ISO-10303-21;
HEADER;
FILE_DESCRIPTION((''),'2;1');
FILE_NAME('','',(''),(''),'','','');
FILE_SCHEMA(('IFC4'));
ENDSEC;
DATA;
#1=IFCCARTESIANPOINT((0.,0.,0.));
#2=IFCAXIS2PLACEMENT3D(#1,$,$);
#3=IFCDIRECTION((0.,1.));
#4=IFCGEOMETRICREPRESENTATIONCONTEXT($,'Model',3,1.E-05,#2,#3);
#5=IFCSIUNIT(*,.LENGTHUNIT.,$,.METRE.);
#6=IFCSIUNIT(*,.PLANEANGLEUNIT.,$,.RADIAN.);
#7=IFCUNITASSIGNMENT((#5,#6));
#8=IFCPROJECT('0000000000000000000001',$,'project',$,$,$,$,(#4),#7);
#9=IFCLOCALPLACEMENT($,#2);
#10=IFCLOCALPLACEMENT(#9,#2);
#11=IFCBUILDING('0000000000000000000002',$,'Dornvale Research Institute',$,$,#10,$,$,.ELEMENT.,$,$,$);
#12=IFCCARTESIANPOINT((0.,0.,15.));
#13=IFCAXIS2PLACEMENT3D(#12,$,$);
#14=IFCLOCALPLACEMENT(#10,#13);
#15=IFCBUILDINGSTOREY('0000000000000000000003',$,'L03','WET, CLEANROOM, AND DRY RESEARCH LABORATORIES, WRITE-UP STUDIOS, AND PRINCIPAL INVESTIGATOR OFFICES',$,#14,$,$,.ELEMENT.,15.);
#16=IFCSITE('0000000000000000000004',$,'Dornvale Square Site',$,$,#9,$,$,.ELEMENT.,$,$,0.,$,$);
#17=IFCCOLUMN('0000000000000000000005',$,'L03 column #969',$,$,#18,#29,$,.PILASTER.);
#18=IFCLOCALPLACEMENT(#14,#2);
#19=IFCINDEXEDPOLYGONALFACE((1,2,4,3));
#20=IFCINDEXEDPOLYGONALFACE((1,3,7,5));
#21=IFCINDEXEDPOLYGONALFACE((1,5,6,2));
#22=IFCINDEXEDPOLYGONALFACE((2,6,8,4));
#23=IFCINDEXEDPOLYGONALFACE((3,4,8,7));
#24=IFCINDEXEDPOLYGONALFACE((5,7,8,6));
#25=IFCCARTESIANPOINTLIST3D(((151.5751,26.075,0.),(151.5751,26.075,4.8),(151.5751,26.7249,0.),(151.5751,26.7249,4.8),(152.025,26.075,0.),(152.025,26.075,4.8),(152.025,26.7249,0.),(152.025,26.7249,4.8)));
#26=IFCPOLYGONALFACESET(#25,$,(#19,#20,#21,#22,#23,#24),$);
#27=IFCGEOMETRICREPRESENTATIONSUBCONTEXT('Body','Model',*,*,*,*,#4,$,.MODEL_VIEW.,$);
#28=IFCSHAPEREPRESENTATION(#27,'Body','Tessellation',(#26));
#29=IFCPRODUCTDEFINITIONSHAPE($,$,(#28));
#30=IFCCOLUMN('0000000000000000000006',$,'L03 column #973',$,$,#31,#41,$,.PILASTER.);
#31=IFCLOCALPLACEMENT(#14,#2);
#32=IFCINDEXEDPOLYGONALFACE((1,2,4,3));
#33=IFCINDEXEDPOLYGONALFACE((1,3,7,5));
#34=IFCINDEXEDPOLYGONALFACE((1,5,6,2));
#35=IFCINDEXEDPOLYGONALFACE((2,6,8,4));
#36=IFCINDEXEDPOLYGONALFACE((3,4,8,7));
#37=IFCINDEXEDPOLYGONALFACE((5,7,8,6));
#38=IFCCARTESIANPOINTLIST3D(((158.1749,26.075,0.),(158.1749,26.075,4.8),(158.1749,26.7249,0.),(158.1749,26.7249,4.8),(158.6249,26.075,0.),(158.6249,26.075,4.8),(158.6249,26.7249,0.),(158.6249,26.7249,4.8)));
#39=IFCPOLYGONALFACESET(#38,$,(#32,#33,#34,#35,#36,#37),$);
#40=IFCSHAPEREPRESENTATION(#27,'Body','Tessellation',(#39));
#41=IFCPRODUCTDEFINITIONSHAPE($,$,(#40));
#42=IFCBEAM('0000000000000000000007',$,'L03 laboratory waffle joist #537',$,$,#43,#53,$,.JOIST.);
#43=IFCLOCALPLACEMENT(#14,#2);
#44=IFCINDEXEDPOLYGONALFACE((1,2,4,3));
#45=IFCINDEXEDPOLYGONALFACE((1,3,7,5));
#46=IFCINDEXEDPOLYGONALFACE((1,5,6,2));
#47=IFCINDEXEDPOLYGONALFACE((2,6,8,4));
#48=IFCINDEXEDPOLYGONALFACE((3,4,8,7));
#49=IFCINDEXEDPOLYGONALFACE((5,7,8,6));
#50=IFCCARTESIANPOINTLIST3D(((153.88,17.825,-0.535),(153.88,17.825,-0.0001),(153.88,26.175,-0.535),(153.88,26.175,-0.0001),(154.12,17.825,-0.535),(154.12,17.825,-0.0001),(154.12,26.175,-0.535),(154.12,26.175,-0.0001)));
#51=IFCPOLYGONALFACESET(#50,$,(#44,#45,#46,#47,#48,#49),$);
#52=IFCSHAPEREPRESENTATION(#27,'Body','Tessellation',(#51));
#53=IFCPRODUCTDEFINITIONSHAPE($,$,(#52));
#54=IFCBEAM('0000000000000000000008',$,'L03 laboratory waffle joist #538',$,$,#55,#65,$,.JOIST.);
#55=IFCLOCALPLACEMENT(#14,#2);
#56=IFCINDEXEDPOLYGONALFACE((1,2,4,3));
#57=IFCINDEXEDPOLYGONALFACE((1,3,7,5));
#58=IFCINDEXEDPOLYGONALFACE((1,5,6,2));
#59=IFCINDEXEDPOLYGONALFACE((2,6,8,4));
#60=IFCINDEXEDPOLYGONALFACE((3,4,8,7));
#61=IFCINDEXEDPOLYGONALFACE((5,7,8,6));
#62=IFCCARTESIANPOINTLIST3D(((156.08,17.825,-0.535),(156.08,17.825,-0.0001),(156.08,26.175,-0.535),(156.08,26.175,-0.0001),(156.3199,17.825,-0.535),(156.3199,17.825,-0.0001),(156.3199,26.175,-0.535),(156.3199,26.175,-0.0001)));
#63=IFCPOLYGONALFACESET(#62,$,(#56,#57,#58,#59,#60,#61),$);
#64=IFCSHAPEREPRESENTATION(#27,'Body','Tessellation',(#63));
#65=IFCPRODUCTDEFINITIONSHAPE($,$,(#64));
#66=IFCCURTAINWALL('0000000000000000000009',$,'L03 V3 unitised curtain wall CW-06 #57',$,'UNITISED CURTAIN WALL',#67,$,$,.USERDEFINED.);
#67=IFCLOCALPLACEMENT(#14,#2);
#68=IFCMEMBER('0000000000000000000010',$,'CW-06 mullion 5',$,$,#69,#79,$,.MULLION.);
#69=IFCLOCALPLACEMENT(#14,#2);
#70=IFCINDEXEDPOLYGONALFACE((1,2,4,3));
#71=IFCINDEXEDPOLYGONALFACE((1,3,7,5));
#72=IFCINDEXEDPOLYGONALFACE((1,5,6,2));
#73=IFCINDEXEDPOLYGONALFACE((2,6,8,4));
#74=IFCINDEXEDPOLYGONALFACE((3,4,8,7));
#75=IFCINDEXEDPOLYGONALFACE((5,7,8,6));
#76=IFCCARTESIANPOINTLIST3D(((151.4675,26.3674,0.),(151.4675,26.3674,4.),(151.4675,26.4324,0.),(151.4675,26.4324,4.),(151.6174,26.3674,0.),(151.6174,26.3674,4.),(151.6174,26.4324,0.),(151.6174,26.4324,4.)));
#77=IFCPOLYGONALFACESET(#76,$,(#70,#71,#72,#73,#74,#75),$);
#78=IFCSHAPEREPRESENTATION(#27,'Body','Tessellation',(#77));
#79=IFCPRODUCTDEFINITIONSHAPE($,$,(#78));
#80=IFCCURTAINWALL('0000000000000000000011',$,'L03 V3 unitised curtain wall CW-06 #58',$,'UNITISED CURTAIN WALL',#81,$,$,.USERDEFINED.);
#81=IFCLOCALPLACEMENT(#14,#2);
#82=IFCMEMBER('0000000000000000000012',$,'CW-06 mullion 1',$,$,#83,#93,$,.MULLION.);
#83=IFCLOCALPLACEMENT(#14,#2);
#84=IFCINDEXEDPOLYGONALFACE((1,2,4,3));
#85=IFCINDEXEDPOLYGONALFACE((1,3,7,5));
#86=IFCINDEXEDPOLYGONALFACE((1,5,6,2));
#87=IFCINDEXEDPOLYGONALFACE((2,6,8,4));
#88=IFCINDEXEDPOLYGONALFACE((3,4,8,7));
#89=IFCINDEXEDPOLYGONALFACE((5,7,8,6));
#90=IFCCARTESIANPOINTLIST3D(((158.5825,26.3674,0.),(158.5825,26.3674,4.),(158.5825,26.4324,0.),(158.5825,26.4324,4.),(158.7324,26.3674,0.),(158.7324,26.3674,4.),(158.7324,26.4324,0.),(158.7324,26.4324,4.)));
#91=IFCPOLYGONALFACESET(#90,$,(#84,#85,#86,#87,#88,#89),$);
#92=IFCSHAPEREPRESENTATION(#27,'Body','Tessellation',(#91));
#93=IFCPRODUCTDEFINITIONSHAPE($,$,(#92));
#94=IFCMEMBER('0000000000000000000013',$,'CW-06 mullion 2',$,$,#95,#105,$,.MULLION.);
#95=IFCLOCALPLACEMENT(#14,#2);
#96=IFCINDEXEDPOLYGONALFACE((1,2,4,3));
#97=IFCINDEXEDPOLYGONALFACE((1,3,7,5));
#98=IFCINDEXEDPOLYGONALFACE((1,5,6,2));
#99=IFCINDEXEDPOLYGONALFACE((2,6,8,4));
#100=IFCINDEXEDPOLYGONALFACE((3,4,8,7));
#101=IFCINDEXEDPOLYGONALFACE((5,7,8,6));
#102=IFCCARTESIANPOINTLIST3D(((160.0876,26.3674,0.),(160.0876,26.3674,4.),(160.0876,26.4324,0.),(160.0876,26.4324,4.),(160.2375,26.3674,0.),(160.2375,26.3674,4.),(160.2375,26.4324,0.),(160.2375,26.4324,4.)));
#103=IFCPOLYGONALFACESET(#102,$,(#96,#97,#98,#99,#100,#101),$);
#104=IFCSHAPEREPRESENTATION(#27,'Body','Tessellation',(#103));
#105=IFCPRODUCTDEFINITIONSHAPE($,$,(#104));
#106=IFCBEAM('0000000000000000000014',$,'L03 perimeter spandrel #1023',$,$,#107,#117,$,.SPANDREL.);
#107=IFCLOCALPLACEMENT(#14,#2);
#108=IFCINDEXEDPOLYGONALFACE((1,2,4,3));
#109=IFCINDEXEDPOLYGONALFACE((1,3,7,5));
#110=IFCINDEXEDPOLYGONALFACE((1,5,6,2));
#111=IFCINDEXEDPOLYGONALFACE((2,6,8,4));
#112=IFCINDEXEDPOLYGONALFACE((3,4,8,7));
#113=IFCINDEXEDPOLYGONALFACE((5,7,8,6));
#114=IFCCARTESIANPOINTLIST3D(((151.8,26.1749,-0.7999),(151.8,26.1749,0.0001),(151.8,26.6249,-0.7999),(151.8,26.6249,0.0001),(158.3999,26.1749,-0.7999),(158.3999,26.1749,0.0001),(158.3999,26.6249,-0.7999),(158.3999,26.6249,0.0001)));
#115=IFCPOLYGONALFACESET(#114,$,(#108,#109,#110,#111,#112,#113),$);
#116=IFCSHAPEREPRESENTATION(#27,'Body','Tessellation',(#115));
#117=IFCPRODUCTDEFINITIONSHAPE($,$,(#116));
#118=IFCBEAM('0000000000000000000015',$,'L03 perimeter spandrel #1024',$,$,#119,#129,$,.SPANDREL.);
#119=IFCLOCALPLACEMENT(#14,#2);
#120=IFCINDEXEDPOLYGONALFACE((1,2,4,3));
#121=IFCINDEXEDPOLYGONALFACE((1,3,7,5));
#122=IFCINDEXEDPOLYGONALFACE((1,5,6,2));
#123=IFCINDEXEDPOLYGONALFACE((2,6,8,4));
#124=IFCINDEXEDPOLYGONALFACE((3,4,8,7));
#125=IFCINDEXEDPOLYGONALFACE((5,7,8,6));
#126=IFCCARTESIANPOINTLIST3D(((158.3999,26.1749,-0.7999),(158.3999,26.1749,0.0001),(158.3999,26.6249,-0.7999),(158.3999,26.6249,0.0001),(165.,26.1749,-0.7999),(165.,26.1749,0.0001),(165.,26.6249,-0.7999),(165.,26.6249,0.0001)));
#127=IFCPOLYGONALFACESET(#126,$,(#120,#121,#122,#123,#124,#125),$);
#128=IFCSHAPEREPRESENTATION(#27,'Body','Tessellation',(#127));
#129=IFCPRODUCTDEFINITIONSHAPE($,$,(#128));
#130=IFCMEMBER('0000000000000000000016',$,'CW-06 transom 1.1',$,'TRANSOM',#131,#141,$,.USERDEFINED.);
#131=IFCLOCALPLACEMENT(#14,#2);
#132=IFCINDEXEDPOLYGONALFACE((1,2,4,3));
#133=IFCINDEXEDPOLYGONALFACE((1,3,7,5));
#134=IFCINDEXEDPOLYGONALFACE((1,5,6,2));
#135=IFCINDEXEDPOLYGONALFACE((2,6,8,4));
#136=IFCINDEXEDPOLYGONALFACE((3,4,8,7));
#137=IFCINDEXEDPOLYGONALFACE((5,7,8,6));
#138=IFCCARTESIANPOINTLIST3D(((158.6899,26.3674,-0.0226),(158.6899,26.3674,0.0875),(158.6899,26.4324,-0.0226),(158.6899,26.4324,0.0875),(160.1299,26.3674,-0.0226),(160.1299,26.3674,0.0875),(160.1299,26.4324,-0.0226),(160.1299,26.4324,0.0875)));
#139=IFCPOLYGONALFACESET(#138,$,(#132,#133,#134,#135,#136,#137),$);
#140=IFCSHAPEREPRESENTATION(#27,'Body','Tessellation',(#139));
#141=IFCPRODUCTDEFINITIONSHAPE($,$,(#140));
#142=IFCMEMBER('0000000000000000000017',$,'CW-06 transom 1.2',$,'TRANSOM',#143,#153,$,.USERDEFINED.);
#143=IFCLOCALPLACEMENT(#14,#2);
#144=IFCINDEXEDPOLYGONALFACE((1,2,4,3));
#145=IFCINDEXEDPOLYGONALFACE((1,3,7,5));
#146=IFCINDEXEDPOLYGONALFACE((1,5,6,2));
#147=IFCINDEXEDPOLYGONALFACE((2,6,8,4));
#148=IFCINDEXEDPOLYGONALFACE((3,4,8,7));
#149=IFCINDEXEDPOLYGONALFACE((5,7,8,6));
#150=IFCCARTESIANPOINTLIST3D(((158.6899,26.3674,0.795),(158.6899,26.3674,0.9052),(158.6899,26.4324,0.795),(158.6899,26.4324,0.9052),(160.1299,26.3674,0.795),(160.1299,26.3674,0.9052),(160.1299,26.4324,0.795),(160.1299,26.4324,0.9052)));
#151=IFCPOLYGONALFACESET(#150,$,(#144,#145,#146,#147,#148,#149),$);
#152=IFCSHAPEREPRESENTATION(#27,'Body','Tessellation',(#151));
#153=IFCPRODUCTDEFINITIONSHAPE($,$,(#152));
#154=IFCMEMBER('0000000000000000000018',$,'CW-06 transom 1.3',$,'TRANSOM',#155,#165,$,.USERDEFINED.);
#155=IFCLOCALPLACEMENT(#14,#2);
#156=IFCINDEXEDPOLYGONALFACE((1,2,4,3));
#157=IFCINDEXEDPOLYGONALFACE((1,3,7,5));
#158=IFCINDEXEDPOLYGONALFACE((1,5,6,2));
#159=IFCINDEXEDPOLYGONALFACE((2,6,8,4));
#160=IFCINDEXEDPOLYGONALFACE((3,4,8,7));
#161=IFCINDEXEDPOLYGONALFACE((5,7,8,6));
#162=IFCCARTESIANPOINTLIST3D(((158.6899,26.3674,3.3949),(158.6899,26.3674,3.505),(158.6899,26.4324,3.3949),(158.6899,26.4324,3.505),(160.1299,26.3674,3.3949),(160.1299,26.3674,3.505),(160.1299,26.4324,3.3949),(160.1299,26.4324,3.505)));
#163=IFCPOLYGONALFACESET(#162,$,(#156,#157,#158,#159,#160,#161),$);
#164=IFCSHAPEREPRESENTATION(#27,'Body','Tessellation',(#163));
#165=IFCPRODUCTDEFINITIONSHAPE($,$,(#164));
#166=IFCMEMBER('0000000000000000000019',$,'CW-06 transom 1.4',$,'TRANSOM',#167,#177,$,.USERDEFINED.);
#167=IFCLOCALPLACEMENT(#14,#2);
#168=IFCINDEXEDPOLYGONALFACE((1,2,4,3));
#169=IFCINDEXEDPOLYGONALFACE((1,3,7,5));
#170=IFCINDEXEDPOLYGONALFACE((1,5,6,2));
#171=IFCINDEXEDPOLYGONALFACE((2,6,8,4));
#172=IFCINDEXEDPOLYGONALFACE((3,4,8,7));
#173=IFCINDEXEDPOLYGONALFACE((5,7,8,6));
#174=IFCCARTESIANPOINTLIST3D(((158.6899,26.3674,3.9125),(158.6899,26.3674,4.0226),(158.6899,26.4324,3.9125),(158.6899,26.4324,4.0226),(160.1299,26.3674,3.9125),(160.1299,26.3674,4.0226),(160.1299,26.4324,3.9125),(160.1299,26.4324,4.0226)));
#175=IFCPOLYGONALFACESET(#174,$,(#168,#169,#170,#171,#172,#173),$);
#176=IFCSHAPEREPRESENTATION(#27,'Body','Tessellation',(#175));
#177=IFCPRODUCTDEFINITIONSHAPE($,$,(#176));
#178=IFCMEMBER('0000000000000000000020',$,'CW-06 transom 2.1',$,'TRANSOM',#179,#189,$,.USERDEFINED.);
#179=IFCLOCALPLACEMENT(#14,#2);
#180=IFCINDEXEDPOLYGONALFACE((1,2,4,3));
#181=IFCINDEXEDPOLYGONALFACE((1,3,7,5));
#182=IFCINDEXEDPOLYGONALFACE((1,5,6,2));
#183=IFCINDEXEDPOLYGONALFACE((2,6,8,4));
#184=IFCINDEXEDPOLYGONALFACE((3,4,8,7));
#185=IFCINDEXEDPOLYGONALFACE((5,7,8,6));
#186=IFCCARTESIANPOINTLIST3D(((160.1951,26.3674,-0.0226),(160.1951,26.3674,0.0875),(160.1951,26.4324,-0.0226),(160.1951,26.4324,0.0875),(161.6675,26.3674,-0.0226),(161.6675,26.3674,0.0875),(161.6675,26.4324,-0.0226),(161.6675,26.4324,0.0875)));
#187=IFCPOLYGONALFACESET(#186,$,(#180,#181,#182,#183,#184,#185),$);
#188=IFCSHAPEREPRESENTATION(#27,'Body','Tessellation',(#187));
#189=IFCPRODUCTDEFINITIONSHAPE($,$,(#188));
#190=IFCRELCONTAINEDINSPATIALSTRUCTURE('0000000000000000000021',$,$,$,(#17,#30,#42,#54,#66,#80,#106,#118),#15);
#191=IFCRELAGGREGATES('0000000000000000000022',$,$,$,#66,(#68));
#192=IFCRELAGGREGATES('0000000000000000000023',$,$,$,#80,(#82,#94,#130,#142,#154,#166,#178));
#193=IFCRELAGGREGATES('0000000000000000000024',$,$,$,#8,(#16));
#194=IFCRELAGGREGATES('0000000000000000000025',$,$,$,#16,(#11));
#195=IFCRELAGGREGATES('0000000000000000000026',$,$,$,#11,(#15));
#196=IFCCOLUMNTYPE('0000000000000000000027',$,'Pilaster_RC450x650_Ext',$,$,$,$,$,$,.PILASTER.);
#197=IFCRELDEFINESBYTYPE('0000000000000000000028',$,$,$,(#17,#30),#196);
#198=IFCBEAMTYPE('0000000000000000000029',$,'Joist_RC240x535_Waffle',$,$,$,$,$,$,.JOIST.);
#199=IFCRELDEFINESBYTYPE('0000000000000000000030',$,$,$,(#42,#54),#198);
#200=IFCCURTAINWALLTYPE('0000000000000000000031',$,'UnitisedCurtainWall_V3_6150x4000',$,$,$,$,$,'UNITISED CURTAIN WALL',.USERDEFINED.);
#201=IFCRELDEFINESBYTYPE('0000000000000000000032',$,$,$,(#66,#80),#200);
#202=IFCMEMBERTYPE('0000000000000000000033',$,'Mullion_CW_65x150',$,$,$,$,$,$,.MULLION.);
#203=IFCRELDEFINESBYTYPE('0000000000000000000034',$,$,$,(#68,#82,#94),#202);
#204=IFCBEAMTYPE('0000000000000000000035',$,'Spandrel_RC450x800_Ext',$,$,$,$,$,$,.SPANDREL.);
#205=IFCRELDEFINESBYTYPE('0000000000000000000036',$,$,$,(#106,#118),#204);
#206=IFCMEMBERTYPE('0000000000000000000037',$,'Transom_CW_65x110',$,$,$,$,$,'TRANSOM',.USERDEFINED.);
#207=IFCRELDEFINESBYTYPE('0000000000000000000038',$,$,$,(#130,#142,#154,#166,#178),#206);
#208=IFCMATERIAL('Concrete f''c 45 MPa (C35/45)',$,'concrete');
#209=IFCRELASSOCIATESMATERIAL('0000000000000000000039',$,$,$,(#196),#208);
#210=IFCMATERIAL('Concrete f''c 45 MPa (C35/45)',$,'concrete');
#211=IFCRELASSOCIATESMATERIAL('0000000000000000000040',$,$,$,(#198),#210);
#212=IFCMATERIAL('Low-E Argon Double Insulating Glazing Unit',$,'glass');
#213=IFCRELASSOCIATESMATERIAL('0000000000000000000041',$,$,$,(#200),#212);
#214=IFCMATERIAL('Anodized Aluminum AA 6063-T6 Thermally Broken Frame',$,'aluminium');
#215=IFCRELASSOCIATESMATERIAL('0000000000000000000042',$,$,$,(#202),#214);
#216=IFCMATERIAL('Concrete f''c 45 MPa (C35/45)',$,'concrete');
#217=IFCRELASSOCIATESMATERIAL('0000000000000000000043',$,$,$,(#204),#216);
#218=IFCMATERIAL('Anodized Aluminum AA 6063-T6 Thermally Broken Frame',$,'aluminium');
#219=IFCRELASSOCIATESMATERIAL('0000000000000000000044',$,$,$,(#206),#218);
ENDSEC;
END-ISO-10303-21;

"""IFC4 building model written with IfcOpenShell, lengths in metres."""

from ifc_helpers import new_model, si_unit, direction, frame, origin, origin_2d, place, context, subcontext, project, spatial, rectangle, extrude, material, material_profile, profile_set, type_object, element, aggregate, save


model = new_model("IFC4")

# Units and contexts
model_context = context("Model", 3, precision=1e-05, world=origin(), true_north=direction((0.0, 1.0)))
body_context = subcontext(model_context, "Body", "Model", "MODEL_VIEW")
ifc_project = project(units=[si_unit("LENGTHUNIT", "METRE"), si_unit("PLANEANGLEUNIT", "RADIAN")], contexts=[model_context])

# Site, building, storey
site_placement = place(None, origin())
site = spatial("IfcSite", under=ifc_project, at=site_placement, Name="Dornvale Square Site", CompositionType="ELEMENT", RefElevation=0.0)
building_placement = place(site_placement, origin())
building = spatial("IfcBuilding", under=site, at=building_placement, Name="Dornvale Research Institute", CompositionType="ELEMENT")
storey_placement = place(building_placement, frame((0.0, 0.0, 15.0)))
storey = spatial("IfcBuildingStorey", under=building, at=storey_placement, Name="L03", Description="WET, CLEANROOM, AND DRY RESEARCH LABORATORIES, WRITE-UP STUDIOS, AND PRINCIPAL INVESTIGATOR OFFICES", CompositionType="ELEMENT", Elevation=15.0)

# Columns
ifc_material_1 = material(Name="Concrete f'c 45 MPa (C35/45)", Category="concrete")
ifc_material_profile_1 = material_profile(ifc_material_1, rectangle(XDim=0.45, YDim=0.6499, at=origin_2d()), Name="RC 450x650")
ifc_profile_set_1 = profile_set([ifc_material_profile_1], Name="Concrete f'c 45 MPa (C35/45)")
column_type = type_object("IfcColumnType", Name="Pilaster_RC450x650_Ext", PredefinedType="PILASTER", material=ifc_profile_set_1)
for number, where, z_axis, x_axis, name in (
    (1, (151.8, 26.3999, 0.0), (0.0, 0.0, 1.0), (1.0, 0.0, 0.0), "L03 column #969"),
    (2, (158.3999, 26.3999, 0.0), (0.0, 0.0, 1.0), (1.0, 0.0, 0.0), "L03 column #973"),
):
    element("IfcColumn", number, at=place(storey_placement, frame(where, z_axis=z_axis, x_axis=x_axis)), inside=storey, type_object=column_type, Name=name, PredefinedType="PILASTER", context=body_context, shape_type="SweptSolid", body=[
        extrude(rectangle(XDim=0.45, YDim=0.6499, at=origin_2d()), origin(), (0.0, 0.0, 1.0), 4.8),
    ])

# Beams
ifc_material_2 = material(Name="Concrete f'c 45 MPa (C35/45)", Category="concrete")
ifc_material_profile_2 = material_profile(ifc_material_2, rectangle(XDim=0.24, YDim=0.5349, at=origin_2d()), Name="RC 240x535")
ifc_profile_set_2 = profile_set([ifc_material_profile_2], Name="Concrete f'c 45 MPa (C35/45)")
beam_type_1 = type_object("IfcBeamType", Name="Joist_RC240x535_Waffle", PredefinedType="JOIST", material=ifc_profile_set_2)
for number, where, z_axis, x_axis, name in (
    (3, (154.0, 17.825, -0.2676), (0.0, 1.0, 0.0), (-1.0, 0.0, 0.0), "L03 laboratory waffle joist #537"),
    (4, (156.2, 17.825, -0.2676), (0.0, 1.0, 0.0), (-1.0, 0.0, 0.0), "L03 laboratory waffle joist #538"),
):
    element("IfcBeam", number, at=place(storey_placement, frame(where, z_axis=z_axis, x_axis=x_axis)), inside=storey, type_object=beam_type_1, Name=name, PredefinedType="JOIST", context=body_context, shape_type="SweptSolid", body=[
        extrude(rectangle(XDim=0.24, YDim=0.5349, at=origin_2d()), origin(), (0.0, 0.0, 1.0), 8.3501),
    ])

# Curtain wall, member
ifc_material_3 = material(Name="Low-E Argon Double Insulating Glazing Unit", Category="glass")
curtain_wall_type = type_object("IfcCurtainWallType", Name="UnitisedCurtainWall_V3_6150x4000", ElementType="UNITISED CURTAIN WALL", PredefinedType="USERDEFINED", material=ifc_material_3)
curtain_wall_1_placement = place(storey_placement, origin())
curtain_wall_1 = element("IfcCurtainWall", 5, at=curtain_wall_1_placement, inside=storey, type_object=curtain_wall_type, Name="L03 V3 unitised curtain wall CW-06 #57", ObjectType="UNITISED CURTAIN WALL", PredefinedType="USERDEFINED")
ifc_material_4 = material(Name="Anodized Aluminum AA 6063-T6 Thermally Broken Frame", Category="aluminium")
ifc_material_profile_3 = material_profile(ifc_material_4, rectangle(XDim=0.0649, YDim=0.1499, at=origin_2d()), Name="ALU MULLION 65x150")
ifc_profile_set_3 = profile_set([ifc_material_profile_3], Name="Anodized Aluminum AA 6063-T6 Thermally Broken Frame")
member_type_1 = type_object("IfcMemberType", Name="Mullion_CW_65x150", PredefinedType="MULLION", material=ifc_profile_set_3)
member_1_placement = place(storey_placement, frame((151.5425, 26.3999, 0.0), z_axis=(0.0, 0.0, 1.0), x_axis=(0.0, 1.0, 0.0)))
member_1 = element("IfcMember", 6, at=member_1_placement, type_object=member_type_1, Name="CW-06 mullion 5", PredefinedType="MULLION", context=body_context, shape_type="SweptSolid", body=[
    extrude(rectangle(XDim=0.0649, YDim=0.1499, at=origin_2d()), origin(), (0.0, 0.0, 1.0), 4.0),
])

# Curtain wall, members
curtain_wall_2_placement = place(storey_placement, origin())
curtain_wall_2 = element("IfcCurtainWall", 7, at=curtain_wall_2_placement, inside=storey, type_object=curtain_wall_type, Name="L03 V3 unitised curtain wall CW-06 #58", ObjectType="UNITISED CURTAIN WALL", PredefinedType="USERDEFINED")
member_2_placement = place(storey_placement, frame((158.6575, 26.3999, 0.0), z_axis=(0.0, 0.0, 1.0), x_axis=(0.0, 1.0, 0.0)))
member_2 = element("IfcMember", 8, at=member_2_placement, type_object=member_type_1, Name="CW-06 mullion 1", PredefinedType="MULLION", context=body_context, shape_type="SweptSolid", body=[
    extrude(rectangle(XDim=0.0649, YDim=0.1499, at=origin_2d()), origin(), (0.0, 0.0, 1.0), 4.0),
])
member_3_placement = place(storey_placement, frame((160.1626, 26.3999, 0.0), z_axis=(0.0, 0.0, 1.0), x_axis=(0.0, 1.0, 0.0)))
member_3 = element("IfcMember", 9, at=member_3_placement, type_object=member_type_1, Name="CW-06 mullion 2", PredefinedType="MULLION", context=body_context, shape_type="SweptSolid", body=[
    extrude(rectangle(XDim=0.0649, YDim=0.1499, at=origin_2d()), origin(), (0.0, 0.0, 1.0), 4.0),
])

# Beams
ifc_material_5 = material(Name="Concrete f'c 45 MPa (C35/45)", Category="concrete")
ifc_material_profile_4 = material_profile(ifc_material_5, rectangle(XDim=0.45, YDim=0.8, at=origin_2d()), Name="RC 450x800")
ifc_profile_set_4 = profile_set([ifc_material_profile_4], Name="Concrete f'c 45 MPa (C35/45)")
beam_type_2 = type_object("IfcBeamType", Name="Spandrel_RC450x800_Ext", PredefinedType="SPANDREL", material=ifc_profile_set_4)
beam_1_placement = place(storey_placement, frame((151.8, 26.3999, -0.3999), z_axis=(1.0, 0.0, 0.0), x_axis=(0.0, 1.0, 0.0)))
element("IfcBeam", 10, at=beam_1_placement, inside=storey, type_object=beam_type_2, Name="L03 perimeter spandrel #1023", PredefinedType="SPANDREL", context=body_context, shape_type="SweptSolid", body=[
    extrude(rectangle(XDim=0.45, YDim=0.8, at=origin_2d()), origin(), (0.0, 0.0, 1.0), 6.5999),
])
beam_2_placement = place(storey_placement, frame((158.3999, 26.3999, -0.3999), z_axis=(1.0, 0.0, 0.0), x_axis=(0.0, 1.0, 0.0)))
element("IfcBeam", 11, at=beam_2_placement, inside=storey, type_object=beam_type_2, Name="L03 perimeter spandrel #1024", PredefinedType="SPANDREL", context=body_context, shape_type="SweptSolid", body=[
    extrude(rectangle(XDim=0.45, YDim=0.8, at=origin_2d()), origin(), (0.0, 0.0, 1.0), 6.6001),
])

# Members
ifc_material_6 = material(Name="Anodized Aluminum AA 6063-T6 Thermally Broken Frame", Category="aluminium")
ifc_material_profile_5 = material_profile(ifc_material_6, rectangle(XDim=0.0649, YDim=0.1101, at=origin_2d()), Name="ALU TRANSOM 65x110")
ifc_profile_set_5 = profile_set([ifc_material_profile_5], Name="Anodized Aluminum AA 6063-T6 Thermally Broken Frame")
member_type_2 = type_object("IfcMemberType", Name="Transom_CW_65x110", ElementType="TRANSOM", PredefinedType="USERDEFINED", material=ifc_profile_set_5)
member_4_placement = place(storey_placement, frame((158.6899, 26.3999, 0.0325), z_axis=(1.0, 0.0, 0.0), x_axis=(0.0, 1.0, 0.0)))
member_4 = element("IfcMember", 12, at=member_4_placement, type_object=member_type_2, Name="CW-06 transom 1.1", ObjectType="TRANSOM", PredefinedType="USERDEFINED", context=body_context, shape_type="SweptSolid", body=[
    extrude(rectangle(XDim=0.0649, YDim=0.1101, at=origin_2d()), origin(), (0.0, 0.0, 1.0), 1.4399),
])
member_5_placement = place(storey_placement, frame((158.6899, 26.3999, 0.8501), z_axis=(1.0, 0.0, 0.0), x_axis=(0.0, 1.0, 0.0)))
member_5 = element("IfcMember", 13, at=member_5_placement, type_object=member_type_2, Name="CW-06 transom 1.2", ObjectType="TRANSOM", PredefinedType="USERDEFINED", context=body_context, shape_type="SweptSolid", body=[
    extrude(rectangle(XDim=0.0649, YDim=0.1101, at=origin_2d()), origin(), (0.0, 0.0, 1.0), 1.4399),
])
member_6_placement = place(storey_placement, frame((158.6899, 26.3999, 3.45), z_axis=(1.0, 0.0, 0.0), x_axis=(0.0, 1.0, 0.0)))
member_6 = element("IfcMember", 14, at=member_6_placement, type_object=member_type_2, Name="CW-06 transom 1.3", ObjectType="TRANSOM", PredefinedType="USERDEFINED", context=body_context, shape_type="SweptSolid", body=[
    extrude(rectangle(XDim=0.0649, YDim=0.1101, at=origin_2d()), origin(), (0.0, 0.0, 1.0), 1.4399),
])
member_7_placement = place(storey_placement, frame((158.6899, 26.3999, 3.9675), z_axis=(1.0, 0.0, 0.0), x_axis=(0.0, 1.0, 0.0)))
member_7 = element("IfcMember", 15, at=member_7_placement, type_object=member_type_2, Name="CW-06 transom 1.4", ObjectType="TRANSOM", PredefinedType="USERDEFINED", context=body_context, shape_type="SweptSolid", body=[
    extrude(rectangle(XDim=0.0649, YDim=0.1101, at=origin_2d()), origin(), (0.0, 0.0, 1.0), 1.4399),
])
member_8_placement = place(storey_placement, frame((160.1951, 26.3999, 0.0325), z_axis=(1.0, 0.0, 0.0), x_axis=(0.0, 1.0, 0.0)))
member_8 = element("IfcMember", 16, at=member_8_placement, type_object=member_type_2, Name="CW-06 transom 2.1", ObjectType="TRANSOM", PredefinedType="USERDEFINED", context=body_context, shape_type="SweptSolid", body=[
    extrude(rectangle(XDim=0.0649, YDim=0.1101, at=origin_2d()), origin(), (0.0, 0.0, 1.0), 1.4724),
])

aggregate(curtain_wall_1, [member_1])
aggregate(curtain_wall_2, [member_2, member_3, member_4, member_5, member_6, member_7, member_8])

save(model, "model.ifc")
